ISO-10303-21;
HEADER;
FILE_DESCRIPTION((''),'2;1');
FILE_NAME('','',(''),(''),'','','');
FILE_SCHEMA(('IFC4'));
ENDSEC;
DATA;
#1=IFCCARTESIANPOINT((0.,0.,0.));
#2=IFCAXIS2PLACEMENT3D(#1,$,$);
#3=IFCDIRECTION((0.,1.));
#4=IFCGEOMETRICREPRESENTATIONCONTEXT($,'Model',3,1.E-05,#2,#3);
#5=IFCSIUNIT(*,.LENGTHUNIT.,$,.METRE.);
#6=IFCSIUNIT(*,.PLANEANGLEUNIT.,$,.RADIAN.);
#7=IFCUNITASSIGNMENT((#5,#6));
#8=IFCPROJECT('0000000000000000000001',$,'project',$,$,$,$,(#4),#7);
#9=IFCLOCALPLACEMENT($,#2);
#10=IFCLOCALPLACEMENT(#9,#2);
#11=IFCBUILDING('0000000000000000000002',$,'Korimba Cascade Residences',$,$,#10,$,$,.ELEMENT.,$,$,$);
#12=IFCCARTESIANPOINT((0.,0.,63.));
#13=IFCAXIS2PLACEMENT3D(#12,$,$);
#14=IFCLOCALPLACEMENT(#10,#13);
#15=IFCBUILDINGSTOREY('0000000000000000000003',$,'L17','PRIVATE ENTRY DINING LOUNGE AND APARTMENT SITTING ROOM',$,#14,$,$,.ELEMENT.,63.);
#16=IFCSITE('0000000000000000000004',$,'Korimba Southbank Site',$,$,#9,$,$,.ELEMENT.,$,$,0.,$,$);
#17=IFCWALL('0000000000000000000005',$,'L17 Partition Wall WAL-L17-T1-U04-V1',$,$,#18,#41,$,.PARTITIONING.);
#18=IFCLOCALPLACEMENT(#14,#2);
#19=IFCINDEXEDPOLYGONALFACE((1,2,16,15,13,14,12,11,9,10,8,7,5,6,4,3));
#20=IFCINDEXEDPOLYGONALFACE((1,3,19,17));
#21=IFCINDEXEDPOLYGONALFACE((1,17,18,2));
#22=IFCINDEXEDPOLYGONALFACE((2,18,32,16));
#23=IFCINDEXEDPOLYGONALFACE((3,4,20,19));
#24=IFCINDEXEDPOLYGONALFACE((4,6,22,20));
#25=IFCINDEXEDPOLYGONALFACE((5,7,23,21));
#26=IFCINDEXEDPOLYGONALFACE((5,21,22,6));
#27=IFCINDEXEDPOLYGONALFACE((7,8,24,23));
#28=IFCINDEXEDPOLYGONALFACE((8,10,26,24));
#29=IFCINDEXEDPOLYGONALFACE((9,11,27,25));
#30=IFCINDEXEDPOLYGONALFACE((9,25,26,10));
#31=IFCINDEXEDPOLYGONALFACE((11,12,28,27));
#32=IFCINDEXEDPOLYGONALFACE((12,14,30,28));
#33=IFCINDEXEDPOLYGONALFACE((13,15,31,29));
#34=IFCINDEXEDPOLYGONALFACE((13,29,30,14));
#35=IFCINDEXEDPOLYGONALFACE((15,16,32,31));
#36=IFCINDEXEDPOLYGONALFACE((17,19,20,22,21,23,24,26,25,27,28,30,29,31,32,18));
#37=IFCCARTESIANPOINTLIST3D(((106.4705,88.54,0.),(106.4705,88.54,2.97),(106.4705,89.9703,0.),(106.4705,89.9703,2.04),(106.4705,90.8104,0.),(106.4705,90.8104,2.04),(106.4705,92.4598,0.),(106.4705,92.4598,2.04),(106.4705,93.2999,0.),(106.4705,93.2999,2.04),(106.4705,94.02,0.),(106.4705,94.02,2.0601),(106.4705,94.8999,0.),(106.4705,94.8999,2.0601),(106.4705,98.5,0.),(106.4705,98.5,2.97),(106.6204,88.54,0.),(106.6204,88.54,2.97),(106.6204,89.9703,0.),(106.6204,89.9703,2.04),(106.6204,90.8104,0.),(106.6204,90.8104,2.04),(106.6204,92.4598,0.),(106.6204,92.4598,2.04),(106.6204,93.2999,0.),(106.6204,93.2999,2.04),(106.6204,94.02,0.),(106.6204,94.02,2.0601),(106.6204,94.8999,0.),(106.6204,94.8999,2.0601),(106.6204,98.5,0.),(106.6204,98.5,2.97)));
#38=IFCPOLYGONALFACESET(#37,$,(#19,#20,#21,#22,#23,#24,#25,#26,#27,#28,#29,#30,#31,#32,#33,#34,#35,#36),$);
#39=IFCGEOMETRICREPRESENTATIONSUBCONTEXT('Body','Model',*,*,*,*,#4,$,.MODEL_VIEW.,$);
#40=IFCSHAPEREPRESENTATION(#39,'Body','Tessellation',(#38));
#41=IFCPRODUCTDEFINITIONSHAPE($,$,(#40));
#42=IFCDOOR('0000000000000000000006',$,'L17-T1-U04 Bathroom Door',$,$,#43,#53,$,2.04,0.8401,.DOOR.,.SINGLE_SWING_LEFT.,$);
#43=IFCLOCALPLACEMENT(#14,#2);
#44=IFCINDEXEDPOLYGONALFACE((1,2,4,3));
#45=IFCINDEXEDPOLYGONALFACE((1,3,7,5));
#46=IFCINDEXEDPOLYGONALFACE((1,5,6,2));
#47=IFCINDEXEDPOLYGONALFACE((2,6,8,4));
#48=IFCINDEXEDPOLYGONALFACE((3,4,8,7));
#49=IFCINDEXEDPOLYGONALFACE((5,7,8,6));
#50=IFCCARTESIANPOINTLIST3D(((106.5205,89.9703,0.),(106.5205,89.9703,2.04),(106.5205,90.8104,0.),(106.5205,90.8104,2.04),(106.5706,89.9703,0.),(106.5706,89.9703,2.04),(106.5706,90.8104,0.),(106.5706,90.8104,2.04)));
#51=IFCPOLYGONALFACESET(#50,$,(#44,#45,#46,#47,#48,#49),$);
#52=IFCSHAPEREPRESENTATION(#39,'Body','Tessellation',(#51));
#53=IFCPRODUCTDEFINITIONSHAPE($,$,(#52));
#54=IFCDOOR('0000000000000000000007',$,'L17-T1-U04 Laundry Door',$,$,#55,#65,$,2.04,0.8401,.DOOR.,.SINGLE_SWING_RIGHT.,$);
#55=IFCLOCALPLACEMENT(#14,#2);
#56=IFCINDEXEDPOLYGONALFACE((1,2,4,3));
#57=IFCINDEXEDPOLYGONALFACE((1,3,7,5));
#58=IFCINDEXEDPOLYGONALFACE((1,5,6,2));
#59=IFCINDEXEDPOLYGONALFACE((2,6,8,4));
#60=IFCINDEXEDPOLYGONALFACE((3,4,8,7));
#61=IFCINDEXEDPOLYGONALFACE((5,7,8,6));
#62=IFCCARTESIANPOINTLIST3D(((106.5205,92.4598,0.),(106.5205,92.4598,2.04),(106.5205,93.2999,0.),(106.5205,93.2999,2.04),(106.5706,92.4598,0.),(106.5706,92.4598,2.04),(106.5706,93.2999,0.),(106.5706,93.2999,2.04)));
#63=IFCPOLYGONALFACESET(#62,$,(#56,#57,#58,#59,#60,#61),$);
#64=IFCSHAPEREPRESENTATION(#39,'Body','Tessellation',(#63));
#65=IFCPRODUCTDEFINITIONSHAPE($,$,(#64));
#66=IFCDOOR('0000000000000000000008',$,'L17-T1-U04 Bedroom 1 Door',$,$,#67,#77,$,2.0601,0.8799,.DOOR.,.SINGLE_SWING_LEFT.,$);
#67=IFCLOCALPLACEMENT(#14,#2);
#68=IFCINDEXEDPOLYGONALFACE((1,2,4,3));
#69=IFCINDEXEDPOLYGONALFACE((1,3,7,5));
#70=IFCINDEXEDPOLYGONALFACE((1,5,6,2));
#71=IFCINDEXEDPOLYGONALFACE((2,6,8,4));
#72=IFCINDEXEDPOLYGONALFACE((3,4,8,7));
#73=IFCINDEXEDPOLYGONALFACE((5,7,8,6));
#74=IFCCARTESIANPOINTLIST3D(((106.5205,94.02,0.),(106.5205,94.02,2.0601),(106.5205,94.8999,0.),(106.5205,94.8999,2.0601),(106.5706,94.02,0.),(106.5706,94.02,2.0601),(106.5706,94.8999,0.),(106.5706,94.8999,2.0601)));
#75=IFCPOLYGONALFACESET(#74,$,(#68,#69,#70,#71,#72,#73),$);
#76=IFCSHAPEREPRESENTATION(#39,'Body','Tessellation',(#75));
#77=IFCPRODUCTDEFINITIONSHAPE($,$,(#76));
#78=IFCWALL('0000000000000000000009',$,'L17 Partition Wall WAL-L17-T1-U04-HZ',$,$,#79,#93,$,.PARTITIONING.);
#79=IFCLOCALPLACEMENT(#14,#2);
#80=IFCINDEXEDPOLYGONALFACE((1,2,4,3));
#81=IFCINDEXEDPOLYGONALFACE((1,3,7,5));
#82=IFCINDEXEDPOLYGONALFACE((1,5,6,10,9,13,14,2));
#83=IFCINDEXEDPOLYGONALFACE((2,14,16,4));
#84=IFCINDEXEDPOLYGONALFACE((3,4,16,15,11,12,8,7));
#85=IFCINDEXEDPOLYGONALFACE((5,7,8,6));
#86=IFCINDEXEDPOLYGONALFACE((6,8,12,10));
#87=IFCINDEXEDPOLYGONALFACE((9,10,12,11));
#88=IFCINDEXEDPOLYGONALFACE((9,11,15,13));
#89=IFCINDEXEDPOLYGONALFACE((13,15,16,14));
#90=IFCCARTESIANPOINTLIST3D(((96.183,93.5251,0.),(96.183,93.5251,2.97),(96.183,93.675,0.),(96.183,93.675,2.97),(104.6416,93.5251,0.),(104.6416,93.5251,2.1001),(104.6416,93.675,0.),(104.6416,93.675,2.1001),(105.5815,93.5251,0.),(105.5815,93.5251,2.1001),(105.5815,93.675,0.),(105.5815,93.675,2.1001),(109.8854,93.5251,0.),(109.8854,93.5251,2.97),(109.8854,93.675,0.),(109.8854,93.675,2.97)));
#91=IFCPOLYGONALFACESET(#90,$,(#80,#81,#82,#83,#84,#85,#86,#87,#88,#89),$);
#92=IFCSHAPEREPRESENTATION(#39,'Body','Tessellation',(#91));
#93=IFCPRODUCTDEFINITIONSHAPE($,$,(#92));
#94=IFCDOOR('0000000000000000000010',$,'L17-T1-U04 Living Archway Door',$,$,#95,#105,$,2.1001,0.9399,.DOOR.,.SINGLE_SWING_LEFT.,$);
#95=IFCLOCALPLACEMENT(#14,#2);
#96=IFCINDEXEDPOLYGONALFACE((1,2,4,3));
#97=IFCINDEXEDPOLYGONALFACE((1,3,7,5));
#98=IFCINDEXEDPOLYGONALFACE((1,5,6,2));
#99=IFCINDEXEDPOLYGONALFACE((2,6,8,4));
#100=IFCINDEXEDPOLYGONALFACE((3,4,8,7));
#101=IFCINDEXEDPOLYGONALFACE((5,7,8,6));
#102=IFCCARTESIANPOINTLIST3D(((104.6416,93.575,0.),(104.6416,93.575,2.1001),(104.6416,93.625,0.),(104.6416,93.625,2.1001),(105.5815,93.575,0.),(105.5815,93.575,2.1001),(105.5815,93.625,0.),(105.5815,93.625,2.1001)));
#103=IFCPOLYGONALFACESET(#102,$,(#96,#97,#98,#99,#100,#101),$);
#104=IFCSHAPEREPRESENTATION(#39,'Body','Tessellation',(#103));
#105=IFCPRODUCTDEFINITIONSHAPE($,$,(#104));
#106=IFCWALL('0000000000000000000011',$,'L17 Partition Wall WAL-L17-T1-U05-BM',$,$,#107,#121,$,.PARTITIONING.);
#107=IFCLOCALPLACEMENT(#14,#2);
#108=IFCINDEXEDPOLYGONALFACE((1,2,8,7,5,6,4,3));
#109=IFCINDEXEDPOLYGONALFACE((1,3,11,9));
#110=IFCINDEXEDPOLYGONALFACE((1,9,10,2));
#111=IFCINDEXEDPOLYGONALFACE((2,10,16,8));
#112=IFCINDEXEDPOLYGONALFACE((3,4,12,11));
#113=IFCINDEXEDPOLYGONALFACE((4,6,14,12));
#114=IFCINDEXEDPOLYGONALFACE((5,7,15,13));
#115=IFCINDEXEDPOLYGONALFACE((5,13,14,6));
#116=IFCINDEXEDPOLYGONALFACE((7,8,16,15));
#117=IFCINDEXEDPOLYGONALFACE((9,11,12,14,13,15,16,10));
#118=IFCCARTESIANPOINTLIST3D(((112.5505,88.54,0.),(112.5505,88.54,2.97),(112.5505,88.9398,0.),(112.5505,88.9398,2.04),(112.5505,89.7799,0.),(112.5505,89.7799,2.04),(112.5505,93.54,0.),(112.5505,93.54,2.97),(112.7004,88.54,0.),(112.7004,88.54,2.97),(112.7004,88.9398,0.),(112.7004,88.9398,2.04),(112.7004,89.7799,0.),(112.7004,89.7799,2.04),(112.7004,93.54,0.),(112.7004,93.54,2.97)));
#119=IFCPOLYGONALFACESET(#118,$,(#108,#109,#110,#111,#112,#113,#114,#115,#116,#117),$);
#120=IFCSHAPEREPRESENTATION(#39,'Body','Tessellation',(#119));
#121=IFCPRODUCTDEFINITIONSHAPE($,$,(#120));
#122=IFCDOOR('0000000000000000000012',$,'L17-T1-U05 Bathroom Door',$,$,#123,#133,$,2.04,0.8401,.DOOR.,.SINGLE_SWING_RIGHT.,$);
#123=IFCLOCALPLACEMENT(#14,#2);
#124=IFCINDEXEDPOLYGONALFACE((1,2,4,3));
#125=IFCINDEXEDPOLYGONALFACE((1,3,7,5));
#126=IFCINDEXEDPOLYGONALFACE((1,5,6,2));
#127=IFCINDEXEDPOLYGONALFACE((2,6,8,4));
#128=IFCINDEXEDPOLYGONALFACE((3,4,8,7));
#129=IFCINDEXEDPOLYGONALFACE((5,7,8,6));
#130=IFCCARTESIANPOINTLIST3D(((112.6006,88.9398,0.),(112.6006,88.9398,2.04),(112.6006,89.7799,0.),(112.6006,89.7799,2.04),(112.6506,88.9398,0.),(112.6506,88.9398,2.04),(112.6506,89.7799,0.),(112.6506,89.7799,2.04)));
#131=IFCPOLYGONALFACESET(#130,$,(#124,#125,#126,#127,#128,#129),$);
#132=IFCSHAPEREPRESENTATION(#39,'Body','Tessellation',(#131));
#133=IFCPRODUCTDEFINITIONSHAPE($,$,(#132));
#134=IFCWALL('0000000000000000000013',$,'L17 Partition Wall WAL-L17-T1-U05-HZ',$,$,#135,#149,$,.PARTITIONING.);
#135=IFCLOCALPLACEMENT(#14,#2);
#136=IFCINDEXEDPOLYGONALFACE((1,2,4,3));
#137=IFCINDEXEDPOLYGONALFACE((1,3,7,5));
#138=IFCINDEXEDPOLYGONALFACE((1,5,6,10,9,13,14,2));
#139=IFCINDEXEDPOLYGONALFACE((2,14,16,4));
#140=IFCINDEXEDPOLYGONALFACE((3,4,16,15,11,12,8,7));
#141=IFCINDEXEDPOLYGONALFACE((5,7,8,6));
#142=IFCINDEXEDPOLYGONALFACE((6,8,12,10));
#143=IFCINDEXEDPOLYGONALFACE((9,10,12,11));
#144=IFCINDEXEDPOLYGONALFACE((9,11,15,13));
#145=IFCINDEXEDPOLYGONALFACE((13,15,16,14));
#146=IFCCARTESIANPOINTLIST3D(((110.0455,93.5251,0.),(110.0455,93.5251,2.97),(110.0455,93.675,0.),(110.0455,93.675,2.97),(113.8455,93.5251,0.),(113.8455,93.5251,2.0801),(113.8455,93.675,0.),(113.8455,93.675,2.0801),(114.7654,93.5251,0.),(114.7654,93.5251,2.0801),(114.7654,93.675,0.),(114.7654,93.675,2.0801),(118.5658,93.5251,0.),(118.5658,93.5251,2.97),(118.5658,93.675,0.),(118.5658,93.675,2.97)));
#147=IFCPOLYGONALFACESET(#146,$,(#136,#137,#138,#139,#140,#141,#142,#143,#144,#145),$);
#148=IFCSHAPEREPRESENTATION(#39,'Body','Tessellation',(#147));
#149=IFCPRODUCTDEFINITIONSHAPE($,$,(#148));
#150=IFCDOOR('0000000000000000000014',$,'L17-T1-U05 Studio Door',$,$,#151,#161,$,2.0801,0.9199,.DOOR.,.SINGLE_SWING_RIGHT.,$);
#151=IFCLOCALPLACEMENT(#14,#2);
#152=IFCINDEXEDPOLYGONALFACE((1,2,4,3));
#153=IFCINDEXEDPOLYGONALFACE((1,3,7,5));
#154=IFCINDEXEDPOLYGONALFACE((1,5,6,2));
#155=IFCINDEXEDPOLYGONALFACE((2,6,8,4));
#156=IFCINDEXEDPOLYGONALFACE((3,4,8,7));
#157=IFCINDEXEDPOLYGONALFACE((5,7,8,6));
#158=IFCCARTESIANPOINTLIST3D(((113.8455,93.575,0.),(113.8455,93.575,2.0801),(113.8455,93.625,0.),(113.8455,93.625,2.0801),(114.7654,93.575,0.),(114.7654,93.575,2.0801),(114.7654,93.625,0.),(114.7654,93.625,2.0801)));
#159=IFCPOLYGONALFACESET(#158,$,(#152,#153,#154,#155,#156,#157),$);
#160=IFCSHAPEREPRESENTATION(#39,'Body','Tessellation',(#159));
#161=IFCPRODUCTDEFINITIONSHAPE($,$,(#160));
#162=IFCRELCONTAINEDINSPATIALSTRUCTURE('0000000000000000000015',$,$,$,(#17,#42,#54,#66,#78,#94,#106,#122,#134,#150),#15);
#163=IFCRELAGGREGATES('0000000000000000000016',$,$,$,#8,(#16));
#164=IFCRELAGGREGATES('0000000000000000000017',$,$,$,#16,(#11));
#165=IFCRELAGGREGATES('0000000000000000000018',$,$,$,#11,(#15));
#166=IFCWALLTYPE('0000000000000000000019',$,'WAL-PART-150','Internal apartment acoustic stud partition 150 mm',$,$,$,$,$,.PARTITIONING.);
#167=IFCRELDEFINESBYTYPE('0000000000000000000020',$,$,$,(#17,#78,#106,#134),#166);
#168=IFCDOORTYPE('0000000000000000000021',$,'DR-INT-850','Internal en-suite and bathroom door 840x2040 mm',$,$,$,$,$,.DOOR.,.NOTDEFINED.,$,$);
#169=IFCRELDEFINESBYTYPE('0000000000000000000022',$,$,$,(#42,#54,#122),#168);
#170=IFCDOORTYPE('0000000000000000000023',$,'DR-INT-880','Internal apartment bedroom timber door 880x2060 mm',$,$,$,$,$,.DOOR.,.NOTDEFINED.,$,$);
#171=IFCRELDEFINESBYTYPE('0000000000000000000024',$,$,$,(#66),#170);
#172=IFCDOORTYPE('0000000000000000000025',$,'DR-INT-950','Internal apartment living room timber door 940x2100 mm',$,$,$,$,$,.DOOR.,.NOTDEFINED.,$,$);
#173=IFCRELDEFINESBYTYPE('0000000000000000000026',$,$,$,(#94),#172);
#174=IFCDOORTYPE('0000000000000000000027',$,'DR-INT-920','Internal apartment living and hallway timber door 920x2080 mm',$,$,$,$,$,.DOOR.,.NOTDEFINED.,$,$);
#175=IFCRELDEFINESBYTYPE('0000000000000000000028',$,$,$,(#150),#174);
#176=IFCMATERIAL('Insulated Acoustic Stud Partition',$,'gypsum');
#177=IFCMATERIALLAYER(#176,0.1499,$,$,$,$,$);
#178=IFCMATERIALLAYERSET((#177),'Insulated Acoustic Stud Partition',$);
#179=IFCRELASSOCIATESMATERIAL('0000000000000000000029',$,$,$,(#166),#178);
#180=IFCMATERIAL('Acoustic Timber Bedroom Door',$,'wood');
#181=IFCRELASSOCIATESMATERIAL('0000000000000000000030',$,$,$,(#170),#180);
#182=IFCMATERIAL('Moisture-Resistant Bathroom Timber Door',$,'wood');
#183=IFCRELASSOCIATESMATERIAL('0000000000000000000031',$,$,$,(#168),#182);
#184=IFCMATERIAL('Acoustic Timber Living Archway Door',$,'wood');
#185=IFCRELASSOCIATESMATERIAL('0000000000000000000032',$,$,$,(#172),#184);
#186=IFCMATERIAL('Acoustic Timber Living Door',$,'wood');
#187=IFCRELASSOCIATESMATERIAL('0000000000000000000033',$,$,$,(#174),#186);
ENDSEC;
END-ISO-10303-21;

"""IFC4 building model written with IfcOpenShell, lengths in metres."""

from ifc_helpers import new_model, si_unit, direction, frame, frame_2d, origin, place, context, subcontext, project, spatial, rectangle, extrude, material, layer, layer_set, type_object, element, fill, save


model = new_model("IFC4")

# Units and contexts
model_context = context("Model", 3, precision=1e-05, world=origin(), true_north=direction((0.0, 1.0)))
body_context = subcontext(model_context, "Body", "Model", "MODEL_VIEW")
ifc_project = project(units=[si_unit("LENGTHUNIT", "METRE"), si_unit("PLANEANGLEUNIT", "RADIAN")], contexts=[model_context])

# Site, building, storey
site_placement = place(None, origin())
site = spatial("IfcSite", under=ifc_project, at=site_placement, Name="Korimba Southbank Site", CompositionType="ELEMENT", RefElevation=0.0)
building_placement = place(site_placement, origin())
building = spatial("IfcBuilding", under=site, at=building_placement, Name="Korimba Cascade Residences", CompositionType="ELEMENT")
storey_placement = place(building_placement, frame((0.0, 0.0, 63.0)))
storey = spatial("IfcBuildingStorey", under=building, at=storey_placement, Name="L17", Description="PRIVATE ENTRY DINING LOUNGE AND APARTMENT SITTING ROOM", CompositionType="ELEMENT", Elevation=63.0)

# Shared definitions
ifc_material_1 = material(Name="Insulated Acoustic Stud Partition", Category="gypsum")
ifc_layer = layer(ifc_material_1, 0.1499)
ifc_layer_set = layer_set([ifc_layer], Name="Insulated Acoustic Stud Partition")
wall_type = type_object("IfcWallType", Name="WAL-PART-150", Description="Internal apartment acoustic stud partition 150 mm", PredefinedType="PARTITIONING", material=ifc_layer_set)
ifc_material_2 = material(Name="Acoustic Timber Bedroom Door", Category="wood")
door_type_1 = type_object("IfcDoorType", Name="DR-INT-880", Description="Internal apartment bedroom timber door 880x2060 mm", OperationType="NOTDEFINED", PredefinedType="DOOR", material=ifc_material_2)

# Wall, openings, doors
wall_1_placement = place(storey_placement, frame((106.5454, 88.54, 0.0), z_axis=(0.0, 0.0, 1.0), x_axis=(0.0, 1.0, 0.0)))
wall_1 = element("IfcWall", 1, at=wall_1_placement, inside=storey, type_object=wall_type, Name="L17 Partition Wall WAL-L17-T1-U04-V1", PredefinedType="PARTITIONING", context=body_context, shape_type="SweptSolid", body=[
    extrude(rectangle(XDim=9.96, YDim=0.1499, at=frame_2d((4.98, 0.0))), origin(), (0.0, 0.0, 1.0), 2.97),
])
opening_1_placement = place(wall_1_placement, frame((1.4304, 0.0, 0.0)))
opening_1 = element("IfcOpeningElement", 2, at=opening_1_placement, cuts=wall_1, PredefinedType="OPENING", context=body_context, shape_type="SweptSolid", body=[
    extrude(rectangle(XDim=0.8401, YDim=2.04, at=frame_2d((0.4199, 1.02))), frame((0.0, 0.085, 0.0), z_axis=(0.0, -1.0, 0.0), x_axis=(1.0, 0.0, 0.0)), (0.0, 0.0, 1.0), 0.1699),
])
opening_2_placement = place(wall_1_placement, frame((3.9199, 0.0, 0.0)))
opening_2 = element("IfcOpeningElement", 3, at=opening_2_placement, cuts=wall_1, PredefinedType="OPENING", context=body_context, shape_type="SweptSolid", body=[
    extrude(rectangle(XDim=0.8401, YDim=2.04, at=frame_2d((0.4199, 1.02))), frame((0.0, 0.085, 0.0), z_axis=(0.0, -1.0, 0.0), x_axis=(1.0, 0.0, 0.0)), (0.0, 0.0, 1.0), 0.1699),
])
opening_3_placement = place(wall_1_placement, frame((5.48, 0.0, 0.0)))
opening_3 = element("IfcOpeningElement", 4, at=opening_3_placement, cuts=wall_1, PredefinedType="OPENING", context=body_context, shape_type="SweptSolid", body=[
    extrude(rectangle(XDim=0.8799, YDim=2.0601, at=frame_2d((0.4399, 1.03))), frame((0.0, 0.085, 0.0), z_axis=(0.0, -1.0, 0.0), x_axis=(1.0, 0.0, 0.0)), (0.0, 0.0, 1.0), 0.1699),
])
ifc_material_3 = material(Name="Moisture-Resistant Bathroom Timber Door", Category="wood")
door_type_2 = type_object("IfcDoorType", Name="DR-INT-850", Description="Internal en-suite and bathroom door 840x2040 mm", OperationType="NOTDEFINED", PredefinedType="DOOR", material=ifc_material_3)
door_1_placement = place(opening_1_placement, origin())
door_1 = element("IfcDoor", 5, at=door_1_placement, inside=storey, type_object=door_type_2, Name="L17-T1-U04 Bathroom Door", OperationType="SINGLE_SWING_LEFT", OverallHeight=2.04, OverallWidth=0.8401, PredefinedType="DOOR", context=body_context, shape_type="SweptSolid", body=[
    extrude(rectangle(XDim=0.8401, YDim=2.04, at=frame_2d((0.4199, 1.02))), frame((0.0, 0.0249, 0.0), z_axis=(0.0, -1.0, 0.0), x_axis=(1.0, 0.0, 0.0)), (0.0, 0.0, 1.0), 0.05),
])
fill(opening_1, door_1)
door_2_placement = place(opening_2_placement, origin())
door_2 = element("IfcDoor", 6, at=door_2_placement, inside=storey, type_object=door_type_2, Name="L17-T1-U04 Laundry Door", OperationType="SINGLE_SWING_RIGHT", OverallHeight=2.04, OverallWidth=0.8401, PredefinedType="DOOR", context=body_context, shape_type="SweptSolid", body=[
    extrude(rectangle(XDim=0.8401, YDim=2.04, at=frame_2d((0.4199, 1.02))), frame((0.0, 0.0249, 0.0), z_axis=(0.0, -1.0, 0.0), x_axis=(1.0, 0.0, 0.0)), (0.0, 0.0, 1.0), 0.05),
])
fill(opening_2, door_2)
door_3_placement = place(opening_3_placement, origin())
door_3 = element("IfcDoor", 7, at=door_3_placement, inside=storey, type_object=door_type_1, Name="L17-T1-U04 Bedroom 1 Door", OperationType="SINGLE_SWING_LEFT", OverallHeight=2.0601, OverallWidth=0.8799, PredefinedType="DOOR", context=body_context, shape_type="SweptSolid", body=[
    extrude(rectangle(XDim=0.8799, YDim=2.0601, at=frame_2d((0.4399, 1.03))), frame((0.0, 0.0249, 0.0), z_axis=(0.0, -1.0, 0.0), x_axis=(1.0, 0.0, 0.0)), (0.0, 0.0, 1.0), 0.05),
])
fill(opening_3, door_3)

# Walls, openings, doors
wall_2_placement = place(storey_placement, frame((96.1831, 93.6001, 0.0), z_axis=(0.0, 0.0, 1.0), x_axis=(1.0, 0.0, 0.0)))
wall_2 = element("IfcWall", 8, at=wall_2_placement, inside=storey, type_object=wall_type, Name="L17 Partition Wall WAL-L17-T1-U04-HZ", PredefinedType="PARTITIONING", context=body_context, shape_type="SweptSolid", body=[
    extrude(rectangle(XDim=13.7024, YDim=0.1499, at=frame_2d((6.8511, 0.0))), origin(), (0.0, 0.0, 1.0), 2.97),
])
opening_4_placement = place(wall_2_placement, frame((8.4585, 0.0, 0.0)))
opening_4 = element("IfcOpeningElement", 9, at=opening_4_placement, cuts=wall_2, PredefinedType="OPENING", context=body_context, shape_type="SweptSolid", body=[
    extrude(rectangle(XDim=0.9399, YDim=2.1001, at=frame_2d((0.47, 1.05))), frame((0.0, 0.085, 0.0), z_axis=(0.0, -1.0, 0.0), x_axis=(1.0, 0.0, 0.0)), (0.0, 0.0, 1.0), 0.1699),
])
ifc_material_4 = material(Name="Acoustic Timber Living Archway Door", Category="wood")
door_type_3 = type_object("IfcDoorType", Name="DR-INT-950", Description="Internal apartment living room timber door 940x2100 mm", OperationType="NOTDEFINED", PredefinedType="DOOR", material=ifc_material_4)
door_4_placement = place(opening_4_placement, origin())
door_4 = element("IfcDoor", 10, at=door_4_placement, inside=storey, type_object=door_type_3, Name="L17-T1-U04 Living Archway Door", OperationType="SINGLE_SWING_LEFT", OverallHeight=2.1001, OverallWidth=0.9399, PredefinedType="DOOR", context=body_context, shape_type="SweptSolid", body=[
    extrude(rectangle(XDim=0.9399, YDim=2.1001, at=frame_2d((0.47, 1.05))), frame((0.0, 0.0249, 0.0), z_axis=(0.0, -1.0, 0.0), x_axis=(1.0, 0.0, 0.0)), (0.0, 0.0, 1.0), 0.05),
])
fill(opening_4, door_4)
wall_3_placement = place(storey_placement, frame((112.6255, 88.54, 0.0), z_axis=(0.0, 0.0, 1.0), x_axis=(0.0, 1.0, 0.0)))
wall_3 = element("IfcWall", 11, at=wall_3_placement, inside=storey, type_object=wall_type, Name="L17 Partition Wall WAL-L17-T1-U05-BM", PredefinedType="PARTITIONING", context=body_context, shape_type="SweptSolid", body=[
    extrude(rectangle(XDim=5.0, YDim=0.1499, at=frame_2d((2.5, 0.0))), origin(), (0.0, 0.0, 1.0), 2.97),
])
opening_5_placement = place(wall_3_placement, frame((0.3999, 0.0, 0.0)))
opening_5 = element("IfcOpeningElement", 12, at=opening_5_placement, cuts=wall_3, PredefinedType="OPENING", context=body_context, shape_type="SweptSolid", body=[
    extrude(rectangle(XDim=0.8401, YDim=2.04, at=frame_2d((0.4199, 1.02))), frame((0.0, 0.085, 0.0), z_axis=(0.0, -1.0, 0.0), x_axis=(1.0, 0.0, 0.0)), (0.0, 0.0, 1.0), 0.1699),
])
door_5_placement = place(opening_5_placement, origin())
door_5 = element("IfcDoor", 13, at=door_5_placement, inside=storey, type_object=door_type_2, Name="L17-T1-U05 Bathroom Door", OperationType="SINGLE_SWING_RIGHT", OverallHeight=2.04, OverallWidth=0.8401, PredefinedType="DOOR", context=body_context, shape_type="SweptSolid", body=[
    extrude(rectangle(XDim=0.8401, YDim=2.04, at=frame_2d((0.4199, 1.02))), frame((0.0, 0.0249, 0.0), z_axis=(0.0, -1.0, 0.0), x_axis=(1.0, 0.0, 0.0)), (0.0, 0.0, 1.0), 0.05),
])
fill(opening_5, door_5)
wall_4_placement = place(storey_placement, frame((110.0454, 93.6001, 0.0), z_axis=(0.0, 0.0, 1.0), x_axis=(1.0, 0.0, 0.0)))
wall_4 = element("IfcWall", 14, at=wall_4_placement, inside=storey, type_object=wall_type, Name="L17 Partition Wall WAL-L17-T1-U05-HZ", PredefinedType="PARTITIONING", context=body_context, shape_type="SweptSolid", body=[
    extrude(rectangle(XDim=8.5203, YDim=0.1499, at=frame_2d((4.2603, 0.0))), origin(), (0.0, 0.0, 1.0), 2.97),
])
opening_6_placement = place(wall_4_placement, frame((3.8, 0.0, 0.0)))
opening_6 = element("IfcOpeningElement", 15, at=opening_6_placement, cuts=wall_4, PredefinedType="OPENING", context=body_context, shape_type="SweptSolid", body=[
    extrude(rectangle(XDim=0.9199, YDim=2.0801, at=frame_2d((0.46, 1.04))), frame((0.0, 0.085, 0.0), z_axis=(0.0, -1.0, 0.0), x_axis=(1.0, 0.0, 0.0)), (0.0, 0.0, 1.0), 0.1699),
])
ifc_material_5 = material(Name="Acoustic Timber Living Door", Category="wood")
door_type_4 = type_object("IfcDoorType", Name="DR-INT-920", Description="Internal apartment living and hallway timber door 920x2080 mm", OperationType="NOTDEFINED", PredefinedType="DOOR", material=ifc_material_5)
door_6_placement = place(opening_6_placement, origin())
door_6 = element("IfcDoor", 16, at=door_6_placement, inside=storey, type_object=door_type_4, Name="L17-T1-U05 Studio Door", OperationType="SINGLE_SWING_RIGHT", OverallHeight=2.0801, OverallWidth=0.9199, PredefinedType="DOOR", context=body_context, shape_type="SweptSolid", body=[
    extrude(rectangle(XDim=0.9199, YDim=2.0801, at=frame_2d((0.46, 1.04))), frame((0.0, 0.0249, 0.0), z_axis=(0.0, -1.0, 0.0), x_axis=(1.0, 0.0, 0.0)), (0.0, 0.0, 1.0), 0.05),
])
fill(opening_6, door_6)

save(model, "model.ifc")
